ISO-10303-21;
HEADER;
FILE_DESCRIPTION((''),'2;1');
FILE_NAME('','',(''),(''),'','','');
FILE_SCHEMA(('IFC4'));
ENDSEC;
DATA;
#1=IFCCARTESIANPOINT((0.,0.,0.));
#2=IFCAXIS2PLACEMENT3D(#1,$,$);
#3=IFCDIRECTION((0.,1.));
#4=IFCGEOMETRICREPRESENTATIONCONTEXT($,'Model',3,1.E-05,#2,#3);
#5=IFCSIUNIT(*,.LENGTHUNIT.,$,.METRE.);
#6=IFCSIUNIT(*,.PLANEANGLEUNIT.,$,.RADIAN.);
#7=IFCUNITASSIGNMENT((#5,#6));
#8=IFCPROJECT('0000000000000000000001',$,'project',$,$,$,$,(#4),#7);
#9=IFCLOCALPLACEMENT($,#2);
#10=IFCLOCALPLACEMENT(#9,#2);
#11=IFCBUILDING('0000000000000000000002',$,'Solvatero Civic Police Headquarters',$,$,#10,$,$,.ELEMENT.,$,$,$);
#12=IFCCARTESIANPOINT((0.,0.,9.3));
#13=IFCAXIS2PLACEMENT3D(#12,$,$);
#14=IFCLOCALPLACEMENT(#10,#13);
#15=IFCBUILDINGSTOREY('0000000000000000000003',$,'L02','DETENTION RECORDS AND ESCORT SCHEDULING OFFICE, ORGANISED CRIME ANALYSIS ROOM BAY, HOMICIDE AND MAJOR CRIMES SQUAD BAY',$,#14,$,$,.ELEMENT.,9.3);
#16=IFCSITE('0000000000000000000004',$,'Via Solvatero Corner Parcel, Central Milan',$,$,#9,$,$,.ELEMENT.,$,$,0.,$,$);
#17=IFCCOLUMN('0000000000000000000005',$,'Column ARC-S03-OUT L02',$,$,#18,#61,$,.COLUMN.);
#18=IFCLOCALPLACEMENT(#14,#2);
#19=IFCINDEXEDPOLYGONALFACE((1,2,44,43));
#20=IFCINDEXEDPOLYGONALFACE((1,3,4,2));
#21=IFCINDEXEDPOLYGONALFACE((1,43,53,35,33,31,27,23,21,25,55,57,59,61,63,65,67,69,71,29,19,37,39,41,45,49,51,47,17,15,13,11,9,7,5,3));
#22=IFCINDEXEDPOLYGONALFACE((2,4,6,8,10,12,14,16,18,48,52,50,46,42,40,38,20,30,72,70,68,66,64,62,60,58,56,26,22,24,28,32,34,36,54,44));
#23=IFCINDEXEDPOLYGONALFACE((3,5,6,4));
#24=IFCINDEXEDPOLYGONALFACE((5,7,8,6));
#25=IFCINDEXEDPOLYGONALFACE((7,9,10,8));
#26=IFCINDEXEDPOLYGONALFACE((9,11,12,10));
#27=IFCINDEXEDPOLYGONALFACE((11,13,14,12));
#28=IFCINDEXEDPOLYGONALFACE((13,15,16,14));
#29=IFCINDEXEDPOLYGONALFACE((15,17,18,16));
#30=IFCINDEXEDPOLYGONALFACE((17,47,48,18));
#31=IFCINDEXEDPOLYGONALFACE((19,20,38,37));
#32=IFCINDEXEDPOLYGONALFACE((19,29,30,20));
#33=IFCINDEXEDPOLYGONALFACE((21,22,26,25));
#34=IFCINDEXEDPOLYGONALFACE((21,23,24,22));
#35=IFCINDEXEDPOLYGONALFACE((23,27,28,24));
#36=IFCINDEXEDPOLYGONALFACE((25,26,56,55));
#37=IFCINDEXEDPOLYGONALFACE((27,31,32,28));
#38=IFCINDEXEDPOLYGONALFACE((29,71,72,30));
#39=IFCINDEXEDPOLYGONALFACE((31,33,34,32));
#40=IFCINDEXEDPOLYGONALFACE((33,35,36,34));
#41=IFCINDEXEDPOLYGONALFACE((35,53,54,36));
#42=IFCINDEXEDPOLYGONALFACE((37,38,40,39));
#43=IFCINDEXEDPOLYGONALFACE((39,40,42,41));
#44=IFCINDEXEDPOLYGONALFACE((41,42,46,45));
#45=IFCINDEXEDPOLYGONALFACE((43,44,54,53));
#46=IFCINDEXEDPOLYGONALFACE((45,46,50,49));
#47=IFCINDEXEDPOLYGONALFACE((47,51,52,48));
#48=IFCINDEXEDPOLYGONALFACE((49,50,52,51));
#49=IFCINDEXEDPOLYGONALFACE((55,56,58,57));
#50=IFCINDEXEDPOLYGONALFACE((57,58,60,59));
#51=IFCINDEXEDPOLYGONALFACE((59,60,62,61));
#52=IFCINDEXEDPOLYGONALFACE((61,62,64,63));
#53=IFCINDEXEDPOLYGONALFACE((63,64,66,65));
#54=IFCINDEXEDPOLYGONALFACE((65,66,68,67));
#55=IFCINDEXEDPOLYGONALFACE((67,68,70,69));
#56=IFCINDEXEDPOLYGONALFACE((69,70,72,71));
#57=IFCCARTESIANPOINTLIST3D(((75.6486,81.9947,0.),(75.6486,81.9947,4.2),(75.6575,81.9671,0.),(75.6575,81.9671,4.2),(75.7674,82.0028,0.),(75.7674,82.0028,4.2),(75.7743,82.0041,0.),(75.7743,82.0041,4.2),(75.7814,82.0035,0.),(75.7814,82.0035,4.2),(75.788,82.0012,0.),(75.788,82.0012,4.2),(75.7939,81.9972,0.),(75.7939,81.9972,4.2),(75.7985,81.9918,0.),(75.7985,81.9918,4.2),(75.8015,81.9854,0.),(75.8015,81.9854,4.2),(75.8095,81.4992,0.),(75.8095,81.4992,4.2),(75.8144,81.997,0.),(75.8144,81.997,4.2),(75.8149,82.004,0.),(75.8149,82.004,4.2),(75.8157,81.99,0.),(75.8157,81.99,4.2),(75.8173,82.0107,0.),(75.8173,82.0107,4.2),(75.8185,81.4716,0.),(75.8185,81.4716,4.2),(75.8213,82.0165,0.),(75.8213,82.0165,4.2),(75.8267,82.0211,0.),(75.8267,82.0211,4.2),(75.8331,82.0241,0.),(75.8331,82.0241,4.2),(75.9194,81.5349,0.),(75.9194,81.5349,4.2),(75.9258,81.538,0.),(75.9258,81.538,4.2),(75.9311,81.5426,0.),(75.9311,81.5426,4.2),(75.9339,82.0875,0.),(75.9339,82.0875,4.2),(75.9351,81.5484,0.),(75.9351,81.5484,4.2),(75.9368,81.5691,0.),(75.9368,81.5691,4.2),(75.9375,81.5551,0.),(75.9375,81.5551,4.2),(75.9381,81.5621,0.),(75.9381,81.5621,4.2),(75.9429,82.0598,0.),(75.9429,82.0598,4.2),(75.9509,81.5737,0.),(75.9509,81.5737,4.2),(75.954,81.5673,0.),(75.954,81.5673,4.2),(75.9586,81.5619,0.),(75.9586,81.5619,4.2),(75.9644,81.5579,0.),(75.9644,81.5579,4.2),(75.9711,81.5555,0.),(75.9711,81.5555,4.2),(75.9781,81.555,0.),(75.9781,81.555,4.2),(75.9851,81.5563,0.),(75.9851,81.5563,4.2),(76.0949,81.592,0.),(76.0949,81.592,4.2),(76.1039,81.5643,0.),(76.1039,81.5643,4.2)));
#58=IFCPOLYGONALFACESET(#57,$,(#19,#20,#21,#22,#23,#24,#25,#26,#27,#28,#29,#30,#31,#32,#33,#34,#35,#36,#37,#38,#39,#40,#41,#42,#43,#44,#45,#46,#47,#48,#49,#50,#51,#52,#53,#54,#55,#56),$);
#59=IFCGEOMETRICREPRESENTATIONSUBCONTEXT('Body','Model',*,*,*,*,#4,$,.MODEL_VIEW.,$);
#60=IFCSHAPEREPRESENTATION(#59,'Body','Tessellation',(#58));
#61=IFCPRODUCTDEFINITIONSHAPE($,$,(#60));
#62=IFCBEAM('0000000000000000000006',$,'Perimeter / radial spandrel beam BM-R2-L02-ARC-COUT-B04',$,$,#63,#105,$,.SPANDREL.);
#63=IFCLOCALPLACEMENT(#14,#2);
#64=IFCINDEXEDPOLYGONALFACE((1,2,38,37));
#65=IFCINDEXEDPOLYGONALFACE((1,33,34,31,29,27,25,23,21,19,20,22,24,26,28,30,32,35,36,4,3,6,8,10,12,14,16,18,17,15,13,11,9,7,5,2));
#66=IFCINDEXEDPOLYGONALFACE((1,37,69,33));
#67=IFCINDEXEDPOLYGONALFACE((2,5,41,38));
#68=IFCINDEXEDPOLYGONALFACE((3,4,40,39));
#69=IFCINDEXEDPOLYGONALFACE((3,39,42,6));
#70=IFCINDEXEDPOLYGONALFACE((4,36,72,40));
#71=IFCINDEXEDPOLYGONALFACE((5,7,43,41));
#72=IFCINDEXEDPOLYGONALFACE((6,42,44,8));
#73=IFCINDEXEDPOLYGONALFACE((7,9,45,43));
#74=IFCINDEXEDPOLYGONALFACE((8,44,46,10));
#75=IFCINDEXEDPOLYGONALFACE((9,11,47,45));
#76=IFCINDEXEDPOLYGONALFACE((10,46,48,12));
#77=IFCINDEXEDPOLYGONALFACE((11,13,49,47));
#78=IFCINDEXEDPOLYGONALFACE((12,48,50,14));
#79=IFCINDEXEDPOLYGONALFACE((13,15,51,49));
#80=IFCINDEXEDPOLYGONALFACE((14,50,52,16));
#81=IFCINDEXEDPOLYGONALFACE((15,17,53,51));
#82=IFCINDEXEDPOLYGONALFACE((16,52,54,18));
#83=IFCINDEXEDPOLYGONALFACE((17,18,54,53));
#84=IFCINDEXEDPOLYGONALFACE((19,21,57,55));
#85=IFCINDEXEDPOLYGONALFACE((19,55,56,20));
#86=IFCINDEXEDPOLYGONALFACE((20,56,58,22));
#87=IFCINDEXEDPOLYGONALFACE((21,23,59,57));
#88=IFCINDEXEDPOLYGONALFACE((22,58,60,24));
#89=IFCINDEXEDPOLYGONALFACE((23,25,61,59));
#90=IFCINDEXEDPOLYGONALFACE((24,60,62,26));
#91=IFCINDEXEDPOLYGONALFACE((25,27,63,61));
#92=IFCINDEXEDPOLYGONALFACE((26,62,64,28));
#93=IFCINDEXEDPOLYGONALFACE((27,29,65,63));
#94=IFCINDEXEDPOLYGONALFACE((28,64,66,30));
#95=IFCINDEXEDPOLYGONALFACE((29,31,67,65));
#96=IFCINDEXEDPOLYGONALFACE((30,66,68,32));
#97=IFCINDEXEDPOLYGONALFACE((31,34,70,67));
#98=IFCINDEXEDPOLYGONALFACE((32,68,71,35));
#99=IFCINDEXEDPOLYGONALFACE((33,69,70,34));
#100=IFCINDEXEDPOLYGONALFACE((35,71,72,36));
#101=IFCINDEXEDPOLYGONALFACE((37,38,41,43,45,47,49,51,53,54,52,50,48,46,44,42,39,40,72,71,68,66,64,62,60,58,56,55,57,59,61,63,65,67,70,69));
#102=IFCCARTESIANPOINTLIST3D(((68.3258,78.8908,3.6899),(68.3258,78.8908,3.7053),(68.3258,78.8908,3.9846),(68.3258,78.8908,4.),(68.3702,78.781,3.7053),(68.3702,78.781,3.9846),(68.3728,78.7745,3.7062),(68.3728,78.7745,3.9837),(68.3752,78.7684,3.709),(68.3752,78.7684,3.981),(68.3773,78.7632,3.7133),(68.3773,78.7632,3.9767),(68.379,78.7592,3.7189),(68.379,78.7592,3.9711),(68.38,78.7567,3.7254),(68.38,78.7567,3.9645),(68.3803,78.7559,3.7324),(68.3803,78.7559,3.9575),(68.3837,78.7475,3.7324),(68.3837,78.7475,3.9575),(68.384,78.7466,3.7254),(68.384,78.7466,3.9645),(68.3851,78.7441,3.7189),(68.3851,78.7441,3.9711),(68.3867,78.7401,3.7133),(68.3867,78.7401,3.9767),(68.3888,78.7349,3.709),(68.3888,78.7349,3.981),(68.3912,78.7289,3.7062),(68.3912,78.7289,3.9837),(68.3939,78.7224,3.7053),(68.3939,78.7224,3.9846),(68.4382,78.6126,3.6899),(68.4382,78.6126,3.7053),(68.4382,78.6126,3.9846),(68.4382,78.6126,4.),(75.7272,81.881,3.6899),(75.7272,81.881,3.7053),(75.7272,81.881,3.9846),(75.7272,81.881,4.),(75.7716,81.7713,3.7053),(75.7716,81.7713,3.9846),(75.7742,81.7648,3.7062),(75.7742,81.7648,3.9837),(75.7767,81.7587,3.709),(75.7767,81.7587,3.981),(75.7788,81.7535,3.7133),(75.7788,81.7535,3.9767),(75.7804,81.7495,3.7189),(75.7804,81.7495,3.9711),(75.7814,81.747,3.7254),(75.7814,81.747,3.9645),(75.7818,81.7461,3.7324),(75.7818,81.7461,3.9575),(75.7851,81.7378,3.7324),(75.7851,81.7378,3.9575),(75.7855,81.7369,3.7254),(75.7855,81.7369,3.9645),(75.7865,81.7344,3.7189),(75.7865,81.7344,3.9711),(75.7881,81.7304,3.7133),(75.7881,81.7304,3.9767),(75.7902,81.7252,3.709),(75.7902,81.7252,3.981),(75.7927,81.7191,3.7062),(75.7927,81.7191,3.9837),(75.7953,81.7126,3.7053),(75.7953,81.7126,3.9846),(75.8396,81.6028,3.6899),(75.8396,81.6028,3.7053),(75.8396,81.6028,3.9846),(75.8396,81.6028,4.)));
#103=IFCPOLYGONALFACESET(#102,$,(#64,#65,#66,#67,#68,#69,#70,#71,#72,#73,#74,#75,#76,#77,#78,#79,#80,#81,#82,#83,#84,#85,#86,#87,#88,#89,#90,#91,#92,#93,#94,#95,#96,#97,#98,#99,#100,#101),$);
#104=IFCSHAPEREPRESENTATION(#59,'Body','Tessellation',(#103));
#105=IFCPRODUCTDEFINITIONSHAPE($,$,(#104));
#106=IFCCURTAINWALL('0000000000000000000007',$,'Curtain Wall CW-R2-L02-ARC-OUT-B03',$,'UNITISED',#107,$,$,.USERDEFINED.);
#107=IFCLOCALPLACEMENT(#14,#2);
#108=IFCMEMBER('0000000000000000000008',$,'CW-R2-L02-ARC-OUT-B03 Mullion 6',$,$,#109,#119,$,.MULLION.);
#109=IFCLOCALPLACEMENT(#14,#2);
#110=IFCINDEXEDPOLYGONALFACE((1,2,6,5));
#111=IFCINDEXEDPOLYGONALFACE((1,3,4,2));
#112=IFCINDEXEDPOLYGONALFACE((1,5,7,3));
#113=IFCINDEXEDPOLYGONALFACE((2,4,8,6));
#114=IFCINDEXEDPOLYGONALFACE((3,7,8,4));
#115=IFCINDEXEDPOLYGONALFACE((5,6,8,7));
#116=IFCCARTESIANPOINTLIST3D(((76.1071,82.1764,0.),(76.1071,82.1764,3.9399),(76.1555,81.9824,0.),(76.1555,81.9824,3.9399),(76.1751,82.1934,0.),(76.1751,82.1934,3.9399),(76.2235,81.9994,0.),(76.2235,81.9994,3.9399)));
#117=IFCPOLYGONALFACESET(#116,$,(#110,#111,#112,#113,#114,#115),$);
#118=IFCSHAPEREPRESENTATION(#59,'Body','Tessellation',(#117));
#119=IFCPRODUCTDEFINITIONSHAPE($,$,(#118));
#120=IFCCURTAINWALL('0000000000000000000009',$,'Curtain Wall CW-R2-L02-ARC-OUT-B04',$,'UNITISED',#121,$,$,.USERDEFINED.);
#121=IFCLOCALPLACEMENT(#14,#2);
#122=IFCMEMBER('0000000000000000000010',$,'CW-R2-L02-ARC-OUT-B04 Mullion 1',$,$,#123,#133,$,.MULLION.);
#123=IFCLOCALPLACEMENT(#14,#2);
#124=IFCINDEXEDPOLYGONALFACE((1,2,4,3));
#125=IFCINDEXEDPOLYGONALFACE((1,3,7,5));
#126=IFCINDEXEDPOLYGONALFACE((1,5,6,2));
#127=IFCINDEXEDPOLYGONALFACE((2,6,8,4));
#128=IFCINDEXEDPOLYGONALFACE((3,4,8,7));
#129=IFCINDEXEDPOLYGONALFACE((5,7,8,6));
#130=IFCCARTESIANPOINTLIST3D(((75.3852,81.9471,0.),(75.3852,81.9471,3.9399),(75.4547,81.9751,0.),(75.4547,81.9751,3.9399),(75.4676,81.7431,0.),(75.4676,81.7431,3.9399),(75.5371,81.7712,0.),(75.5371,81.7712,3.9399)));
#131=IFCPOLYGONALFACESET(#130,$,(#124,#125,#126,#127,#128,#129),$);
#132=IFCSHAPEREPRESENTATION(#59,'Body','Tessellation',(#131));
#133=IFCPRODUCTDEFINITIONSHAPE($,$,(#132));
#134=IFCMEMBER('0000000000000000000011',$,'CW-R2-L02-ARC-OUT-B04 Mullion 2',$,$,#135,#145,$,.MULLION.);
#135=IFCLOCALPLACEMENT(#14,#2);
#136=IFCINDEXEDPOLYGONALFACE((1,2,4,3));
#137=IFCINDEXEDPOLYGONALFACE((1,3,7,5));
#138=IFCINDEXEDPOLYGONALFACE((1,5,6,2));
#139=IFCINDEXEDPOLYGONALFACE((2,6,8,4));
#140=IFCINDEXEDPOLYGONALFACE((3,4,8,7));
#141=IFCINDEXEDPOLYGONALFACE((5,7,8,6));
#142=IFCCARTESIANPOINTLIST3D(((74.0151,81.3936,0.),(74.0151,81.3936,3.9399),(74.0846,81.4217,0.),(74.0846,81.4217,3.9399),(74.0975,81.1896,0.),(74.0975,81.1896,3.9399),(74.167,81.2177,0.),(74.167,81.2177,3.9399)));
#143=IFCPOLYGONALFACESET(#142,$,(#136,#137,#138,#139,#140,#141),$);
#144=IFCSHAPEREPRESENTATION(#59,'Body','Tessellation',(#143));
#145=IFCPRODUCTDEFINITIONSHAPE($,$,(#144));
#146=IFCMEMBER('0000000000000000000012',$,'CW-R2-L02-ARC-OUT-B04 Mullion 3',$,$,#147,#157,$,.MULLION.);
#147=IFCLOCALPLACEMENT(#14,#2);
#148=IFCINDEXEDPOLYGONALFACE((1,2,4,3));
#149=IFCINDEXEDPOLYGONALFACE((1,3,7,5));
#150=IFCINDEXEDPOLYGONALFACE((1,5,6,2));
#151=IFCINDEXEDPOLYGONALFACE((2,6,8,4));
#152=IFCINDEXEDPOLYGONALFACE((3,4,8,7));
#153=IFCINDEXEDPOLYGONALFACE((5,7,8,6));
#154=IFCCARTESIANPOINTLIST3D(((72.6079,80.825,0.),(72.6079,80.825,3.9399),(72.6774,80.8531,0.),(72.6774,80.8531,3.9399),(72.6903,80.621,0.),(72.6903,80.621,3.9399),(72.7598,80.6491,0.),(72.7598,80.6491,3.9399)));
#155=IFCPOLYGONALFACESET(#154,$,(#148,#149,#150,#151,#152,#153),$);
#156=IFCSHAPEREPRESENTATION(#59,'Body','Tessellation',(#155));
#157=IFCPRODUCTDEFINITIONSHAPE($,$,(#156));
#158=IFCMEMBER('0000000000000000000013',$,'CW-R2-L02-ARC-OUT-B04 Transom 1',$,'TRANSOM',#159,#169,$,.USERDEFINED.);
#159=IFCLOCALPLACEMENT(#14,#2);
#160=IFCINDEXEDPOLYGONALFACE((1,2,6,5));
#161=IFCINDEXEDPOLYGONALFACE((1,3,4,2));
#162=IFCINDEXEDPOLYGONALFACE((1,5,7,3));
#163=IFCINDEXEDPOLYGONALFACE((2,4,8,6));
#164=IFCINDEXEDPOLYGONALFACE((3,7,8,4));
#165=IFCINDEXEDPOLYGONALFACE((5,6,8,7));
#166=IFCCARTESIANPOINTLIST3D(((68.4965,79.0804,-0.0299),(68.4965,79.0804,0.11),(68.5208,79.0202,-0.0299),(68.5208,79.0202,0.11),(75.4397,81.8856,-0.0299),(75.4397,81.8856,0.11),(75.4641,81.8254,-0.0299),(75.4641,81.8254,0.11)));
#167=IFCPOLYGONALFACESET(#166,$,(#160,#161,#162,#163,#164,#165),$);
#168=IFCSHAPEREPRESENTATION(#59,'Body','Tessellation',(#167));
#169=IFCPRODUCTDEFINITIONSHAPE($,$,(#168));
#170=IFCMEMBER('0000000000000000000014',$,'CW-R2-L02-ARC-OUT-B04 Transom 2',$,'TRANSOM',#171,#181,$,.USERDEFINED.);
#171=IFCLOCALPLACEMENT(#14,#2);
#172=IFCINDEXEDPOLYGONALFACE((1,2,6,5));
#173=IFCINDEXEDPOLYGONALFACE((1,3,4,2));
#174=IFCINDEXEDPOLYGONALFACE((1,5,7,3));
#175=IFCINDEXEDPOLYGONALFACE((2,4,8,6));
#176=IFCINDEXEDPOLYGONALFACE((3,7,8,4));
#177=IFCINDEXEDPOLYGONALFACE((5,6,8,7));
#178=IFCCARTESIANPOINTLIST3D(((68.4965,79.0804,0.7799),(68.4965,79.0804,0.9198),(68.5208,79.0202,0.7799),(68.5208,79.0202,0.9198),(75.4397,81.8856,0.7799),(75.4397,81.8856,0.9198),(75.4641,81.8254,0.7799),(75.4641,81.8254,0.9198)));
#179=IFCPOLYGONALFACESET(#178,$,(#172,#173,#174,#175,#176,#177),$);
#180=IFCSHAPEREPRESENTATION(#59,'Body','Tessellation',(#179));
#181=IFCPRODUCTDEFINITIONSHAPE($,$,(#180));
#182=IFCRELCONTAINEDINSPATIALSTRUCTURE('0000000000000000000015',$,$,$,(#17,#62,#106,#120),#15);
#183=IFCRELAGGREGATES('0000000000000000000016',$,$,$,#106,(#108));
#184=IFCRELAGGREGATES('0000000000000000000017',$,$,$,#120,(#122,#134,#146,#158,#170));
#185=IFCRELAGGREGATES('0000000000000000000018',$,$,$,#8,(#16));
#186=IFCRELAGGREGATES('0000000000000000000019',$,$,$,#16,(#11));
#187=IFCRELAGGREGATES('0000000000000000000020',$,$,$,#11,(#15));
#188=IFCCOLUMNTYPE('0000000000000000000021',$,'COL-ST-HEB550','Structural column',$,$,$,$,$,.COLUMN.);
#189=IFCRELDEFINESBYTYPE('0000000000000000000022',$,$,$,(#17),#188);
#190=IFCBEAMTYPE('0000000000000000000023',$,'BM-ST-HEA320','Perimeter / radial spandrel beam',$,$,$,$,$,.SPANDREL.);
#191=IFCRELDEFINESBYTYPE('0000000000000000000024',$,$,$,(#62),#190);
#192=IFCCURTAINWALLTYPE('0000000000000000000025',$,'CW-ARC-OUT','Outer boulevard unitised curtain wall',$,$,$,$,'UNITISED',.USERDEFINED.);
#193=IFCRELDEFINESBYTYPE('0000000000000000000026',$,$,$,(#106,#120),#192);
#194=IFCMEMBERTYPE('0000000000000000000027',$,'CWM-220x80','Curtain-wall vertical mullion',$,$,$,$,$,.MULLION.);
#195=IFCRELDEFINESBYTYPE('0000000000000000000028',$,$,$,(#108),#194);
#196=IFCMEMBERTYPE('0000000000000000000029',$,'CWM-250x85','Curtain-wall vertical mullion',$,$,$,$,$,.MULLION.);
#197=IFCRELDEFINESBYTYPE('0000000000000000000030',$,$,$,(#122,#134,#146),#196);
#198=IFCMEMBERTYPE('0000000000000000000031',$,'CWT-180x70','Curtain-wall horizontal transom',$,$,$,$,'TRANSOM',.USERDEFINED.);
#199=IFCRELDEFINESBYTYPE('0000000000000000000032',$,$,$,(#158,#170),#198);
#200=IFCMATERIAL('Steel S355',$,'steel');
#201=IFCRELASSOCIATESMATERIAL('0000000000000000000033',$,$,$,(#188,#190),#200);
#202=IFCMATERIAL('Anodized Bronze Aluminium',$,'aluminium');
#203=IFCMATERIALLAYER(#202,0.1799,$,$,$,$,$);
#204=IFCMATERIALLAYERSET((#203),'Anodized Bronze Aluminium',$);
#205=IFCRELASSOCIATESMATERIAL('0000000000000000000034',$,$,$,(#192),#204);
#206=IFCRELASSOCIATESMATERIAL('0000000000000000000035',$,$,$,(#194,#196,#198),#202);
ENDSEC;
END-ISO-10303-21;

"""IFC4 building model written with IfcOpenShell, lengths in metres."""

from ifc_helpers import new_model, si_unit, direction, frame, origin, origin_2d, place, context, subcontext, project, spatial, rectangle, i_section, extrude, material, layer, layer_set, material_profile, profile_set, type_object, element, aggregate, save


model = new_model("IFC4")

# Units and contexts
model_context = context("Model", 3, precision=1e-05, world=origin(), true_north=direction((0.0, 1.0)))
body_context = subcontext(model_context, "Body", "Model", "MODEL_VIEW")
ifc_project = project(units=[si_unit("LENGTHUNIT", "METRE"), si_unit("PLANEANGLEUNIT", "RADIAN")], contexts=[model_context])

# Site, building, storey
site_placement = place(None, origin())
site = spatial("IfcSite", under=ifc_project, at=site_placement, Name="Via Solvatero Corner Parcel, Central Milan", CompositionType="ELEMENT", RefElevation=0.0)
building_placement = place(site_placement, origin())
building = spatial("IfcBuilding", under=site, at=building_placement, Name="Solvatero Civic Police Headquarters", CompositionType="ELEMENT")
storey_placement = place(building_placement, frame((0.0, 0.0, 9.3)))
storey = spatial("IfcBuildingStorey", under=building, at=storey_placement, Name="L02", Description="DETENTION RECORDS AND ESCORT SCHEDULING OFFICE, ORGANISED CRIME ANALYSIS ROOM BAY, HOMICIDE AND MAJOR CRIMES SQUAD BAY", CompositionType="ELEMENT", Elevation=9.3)

# Column
ifc_material_1 = material(Name="Steel S355", Category="steel")
ifc_material_profile_1 = material_profile(ifc_material_1, i_section(OverallWidth=0.3, OverallDepth=0.55, WebThickness=0.0149, FlangeThickness=0.0291, FilletRadius=0.0271, at=origin_2d()), Name="HEB 550")
ifc_profile_set_1 = profile_set([ifc_material_profile_1], Name="Steel S355")
column_type = type_object("IfcColumnType", Name="COL-ST-HEB550", Description="Structural column", PredefinedType="COLUMN", material=ifc_profile_set_1)
column_placement = place(storey_placement, frame((75.8762, 81.7795, 0.0), z_axis=(0.0, 0.0, 1.0), x_axis=(0.951057, 0.309017, 0.0)))
element("IfcColumn", 1, at=column_placement, inside=storey, type_object=column_type, Name="Column ARC-S03-OUT L02", PredefinedType="COLUMN", context=body_context, shape_type="SweptSolid", body=[
    extrude(i_section(OverallWidth=0.3, OverallDepth=0.55, WebThickness=0.0149, FlangeThickness=0.0291, FilletRadius=0.0271, at=origin_2d()), origin(), (0.0, 0.0, 1.0), 4.2),
])

# Beam
ifc_material_profile_2 = material_profile(ifc_material_1, i_section(OverallWidth=0.3, OverallDepth=0.3101, WebThickness=0.009, FlangeThickness=0.0154, FilletRadius=0.0271, at=origin_2d()), Name="HEA 320")
ifc_profile_set_2 = profile_set([ifc_material_profile_2], Name="Steel S355")
beam_type = type_object("IfcBeamType", Name="BM-ST-HEA320", Description="Perimeter / radial spandrel beam", PredefinedType="SPANDREL", material=ifc_profile_set_2)
beam_placement = place(storey_placement, frame((75.7834, 81.7419, 3.845), z_axis=(-0.927189, -0.374595, 0.0), x_axis=(0.374595, -0.927189, 0.0)))
element("IfcBeam", 2, at=beam_placement, inside=storey, type_object=beam_type, Name="Perimeter / radial spandrel beam BM-R2-L02-ARC-COUT-B04", PredefinedType="SPANDREL", context=body_context, shape_type="SweptSolid", body=[
    extrude(i_section(OverallWidth=0.3, OverallDepth=0.3101, WebThickness=0.009, FlangeThickness=0.0154, FilletRadius=0.0271, at=origin_2d()), origin(), (0.0, 0.0, 1.0), 7.9827),
])

# Curtain wall, member
ifc_material_2 = material(Name="Anodized Bronze Aluminium", Category="aluminium")
ifc_layer_1 = layer(ifc_material_2, 0.1799)
ifc_layer_set_1 = layer_set([ifc_layer_1], Name="Anodized Bronze Aluminium")
curtain_wall_type = type_object("IfcCurtainWallType", Name="CW-ARC-OUT", Description="Outer boulevard unitised curtain wall", ElementType="UNITISED", PredefinedType="USERDEFINED", material=ifc_layer_set_1)
curtain_wall_1_placement = place(storey_placement, origin())
curtain_wall_1 = element("IfcCurtainWall", 3, at=curtain_wall_1_placement, inside=storey, type_object=curtain_wall_type, Name="Curtain Wall CW-R2-L02-ARC-OUT-B03", ObjectType="UNITISED", PredefinedType="USERDEFINED")
ifc_material_profile_3 = material_profile(ifc_material_2, rectangle(XDim=0.0701, YDim=0.2, at=origin_2d()), Name="ALU MULLION 70x200")
ifc_profile_set_3 = profile_set([ifc_material_profile_3], Name="Anodized Bronze Aluminium")
member_type_1 = type_object("IfcMemberType", Name="CWM-220x80", Description="Curtain-wall vertical mullion", PredefinedType="MULLION", material=ifc_profile_set_3)
member_1_placement = place(storey_placement, frame((76.1653, 82.0879, 0.0), z_axis=(0.0, 0.0, 1.0), x_axis=(-0.970296, -0.241922, 0.0)))
member_1 = element("IfcMember", 4, at=member_1_placement, type_object=member_type_1, Name="CW-R2-L02-ARC-OUT-B03 Mullion 6", PredefinedType="MULLION", context=body_context, shape_type="SweptSolid", body=[
    extrude(rectangle(XDim=0.0701, YDim=0.2, at=origin_2d()), origin(), (0.0, 0.0, 1.0), 3.9399),
])
aggregate(curtain_wall_1, [member_1])

# Curtain wall, members
curtain_wall_2_placement = place(storey_placement, origin())
curtain_wall_2 = element("IfcCurtainWall", 5, at=curtain_wall_2_placement, inside=storey, type_object=curtain_wall_type, Name="Curtain Wall CW-R2-L02-ARC-OUT-B04", ObjectType="UNITISED", PredefinedType="USERDEFINED")
ifc_material_profile_4 = material_profile(ifc_material_2, rectangle(XDim=0.075, YDim=0.22, at=origin_2d()), Name="ALU MULLION 75x220")
ifc_profile_set_4 = profile_set([ifc_material_profile_4], Name="Anodized Bronze Aluminium")
member_type_2 = type_object("IfcMemberType", Name="CWM-250x85", Description="Curtain-wall vertical mullion", PredefinedType="MULLION", material=ifc_profile_set_4)
member_2_placement = place(storey_placement, frame((75.4612, 81.8591, 0.0), z_axis=(0.0, 0.0, 1.0), x_axis=(-0.927184, -0.374607, 0.0)))
member_2 = element("IfcMember", 6, at=member_2_placement, type_object=member_type_2, Name="CW-R2-L02-ARC-OUT-B04 Mullion 1", PredefinedType="MULLION", context=body_context, shape_type="SweptSolid", body=[
    extrude(rectangle(XDim=0.075, YDim=0.22, at=origin_2d()), origin(), (0.0, 0.0, 1.0), 3.9399),
])
member_3_placement = place(storey_placement, frame((74.0911, 81.3057, 0.0), z_axis=(0.0, 0.0, 1.0), x_axis=(-0.927184, -0.374607, 0.0)))
member_3 = element("IfcMember", 7, at=member_3_placement, type_object=member_type_2, Name="CW-R2-L02-ARC-OUT-B04 Mullion 2", PredefinedType="MULLION", context=body_context, shape_type="SweptSolid", body=[
    extrude(rectangle(XDim=0.075, YDim=0.22, at=origin_2d()), origin(), (0.0, 0.0, 1.0), 3.9399),
])
member_4_placement = place(storey_placement, frame((72.6838, 80.7371, 0.0), z_axis=(0.0, 0.0, 1.0), x_axis=(-0.927184, -0.374607, 0.0)))
member_4 = element("IfcMember", 8, at=member_4_placement, type_object=member_type_2, Name="CW-R2-L02-ARC-OUT-B04 Mullion 3", PredefinedType="MULLION", context=body_context, shape_type="SweptSolid", body=[
    extrude(rectangle(XDim=0.075, YDim=0.22, at=origin_2d()), origin(), (0.0, 0.0, 1.0), 3.9399),
])
ifc_material_profile_5 = material_profile(ifc_material_2, rectangle(XDim=0.0649, YDim=0.1399, at=origin_2d()), Name="ALU TRANSOM 65x140")
ifc_profile_set_5 = profile_set([ifc_material_profile_5], Name="Anodized Bronze Aluminium")
member_type_3 = type_object("IfcMemberType", Name="CWT-180x70", Description="Curtain-wall horizontal transom", ElementType="TRANSOM", PredefinedType="USERDEFINED", material=ifc_profile_set_5)
member_5_placement = place(storey_placement, frame((75.4519, 81.8555, 0.04), z_axis=(-0.92719, -0.374592, 0.0), x_axis=(0.374592, -0.92719, 0.0)))
member_5 = element("IfcMember", 9, at=member_5_placement, type_object=member_type_3, Name="CW-R2-L02-ARC-OUT-B04 Transom 1", ObjectType="TRANSOM", PredefinedType="USERDEFINED", context=body_context, shape_type="SweptSolid", body=[
    extrude(rectangle(XDim=0.0649, YDim=0.1399, at=origin_2d()), origin(), (0.0, 0.0, 1.0), 7.4885),
])
member_6_placement = place(storey_placement, frame((75.4519, 81.8555, 0.8499), z_axis=(-0.92719, -0.374592, 0.0), x_axis=(0.374592, -0.92719, 0.0)))
member_6 = element("IfcMember", 10, at=member_6_placement, type_object=member_type_3, Name="CW-R2-L02-ARC-OUT-B04 Transom 2", ObjectType="TRANSOM", PredefinedType="USERDEFINED", context=body_context, shape_type="SweptSolid", body=[
    extrude(rectangle(XDim=0.0649, YDim=0.1399, at=origin_2d()), origin(), (0.0, 0.0, 1.0), 7.4885),
])
aggregate(curtain_wall_2, [member_2, member_3, member_4, member_5, member_6])

save(model, "model.ifc")
